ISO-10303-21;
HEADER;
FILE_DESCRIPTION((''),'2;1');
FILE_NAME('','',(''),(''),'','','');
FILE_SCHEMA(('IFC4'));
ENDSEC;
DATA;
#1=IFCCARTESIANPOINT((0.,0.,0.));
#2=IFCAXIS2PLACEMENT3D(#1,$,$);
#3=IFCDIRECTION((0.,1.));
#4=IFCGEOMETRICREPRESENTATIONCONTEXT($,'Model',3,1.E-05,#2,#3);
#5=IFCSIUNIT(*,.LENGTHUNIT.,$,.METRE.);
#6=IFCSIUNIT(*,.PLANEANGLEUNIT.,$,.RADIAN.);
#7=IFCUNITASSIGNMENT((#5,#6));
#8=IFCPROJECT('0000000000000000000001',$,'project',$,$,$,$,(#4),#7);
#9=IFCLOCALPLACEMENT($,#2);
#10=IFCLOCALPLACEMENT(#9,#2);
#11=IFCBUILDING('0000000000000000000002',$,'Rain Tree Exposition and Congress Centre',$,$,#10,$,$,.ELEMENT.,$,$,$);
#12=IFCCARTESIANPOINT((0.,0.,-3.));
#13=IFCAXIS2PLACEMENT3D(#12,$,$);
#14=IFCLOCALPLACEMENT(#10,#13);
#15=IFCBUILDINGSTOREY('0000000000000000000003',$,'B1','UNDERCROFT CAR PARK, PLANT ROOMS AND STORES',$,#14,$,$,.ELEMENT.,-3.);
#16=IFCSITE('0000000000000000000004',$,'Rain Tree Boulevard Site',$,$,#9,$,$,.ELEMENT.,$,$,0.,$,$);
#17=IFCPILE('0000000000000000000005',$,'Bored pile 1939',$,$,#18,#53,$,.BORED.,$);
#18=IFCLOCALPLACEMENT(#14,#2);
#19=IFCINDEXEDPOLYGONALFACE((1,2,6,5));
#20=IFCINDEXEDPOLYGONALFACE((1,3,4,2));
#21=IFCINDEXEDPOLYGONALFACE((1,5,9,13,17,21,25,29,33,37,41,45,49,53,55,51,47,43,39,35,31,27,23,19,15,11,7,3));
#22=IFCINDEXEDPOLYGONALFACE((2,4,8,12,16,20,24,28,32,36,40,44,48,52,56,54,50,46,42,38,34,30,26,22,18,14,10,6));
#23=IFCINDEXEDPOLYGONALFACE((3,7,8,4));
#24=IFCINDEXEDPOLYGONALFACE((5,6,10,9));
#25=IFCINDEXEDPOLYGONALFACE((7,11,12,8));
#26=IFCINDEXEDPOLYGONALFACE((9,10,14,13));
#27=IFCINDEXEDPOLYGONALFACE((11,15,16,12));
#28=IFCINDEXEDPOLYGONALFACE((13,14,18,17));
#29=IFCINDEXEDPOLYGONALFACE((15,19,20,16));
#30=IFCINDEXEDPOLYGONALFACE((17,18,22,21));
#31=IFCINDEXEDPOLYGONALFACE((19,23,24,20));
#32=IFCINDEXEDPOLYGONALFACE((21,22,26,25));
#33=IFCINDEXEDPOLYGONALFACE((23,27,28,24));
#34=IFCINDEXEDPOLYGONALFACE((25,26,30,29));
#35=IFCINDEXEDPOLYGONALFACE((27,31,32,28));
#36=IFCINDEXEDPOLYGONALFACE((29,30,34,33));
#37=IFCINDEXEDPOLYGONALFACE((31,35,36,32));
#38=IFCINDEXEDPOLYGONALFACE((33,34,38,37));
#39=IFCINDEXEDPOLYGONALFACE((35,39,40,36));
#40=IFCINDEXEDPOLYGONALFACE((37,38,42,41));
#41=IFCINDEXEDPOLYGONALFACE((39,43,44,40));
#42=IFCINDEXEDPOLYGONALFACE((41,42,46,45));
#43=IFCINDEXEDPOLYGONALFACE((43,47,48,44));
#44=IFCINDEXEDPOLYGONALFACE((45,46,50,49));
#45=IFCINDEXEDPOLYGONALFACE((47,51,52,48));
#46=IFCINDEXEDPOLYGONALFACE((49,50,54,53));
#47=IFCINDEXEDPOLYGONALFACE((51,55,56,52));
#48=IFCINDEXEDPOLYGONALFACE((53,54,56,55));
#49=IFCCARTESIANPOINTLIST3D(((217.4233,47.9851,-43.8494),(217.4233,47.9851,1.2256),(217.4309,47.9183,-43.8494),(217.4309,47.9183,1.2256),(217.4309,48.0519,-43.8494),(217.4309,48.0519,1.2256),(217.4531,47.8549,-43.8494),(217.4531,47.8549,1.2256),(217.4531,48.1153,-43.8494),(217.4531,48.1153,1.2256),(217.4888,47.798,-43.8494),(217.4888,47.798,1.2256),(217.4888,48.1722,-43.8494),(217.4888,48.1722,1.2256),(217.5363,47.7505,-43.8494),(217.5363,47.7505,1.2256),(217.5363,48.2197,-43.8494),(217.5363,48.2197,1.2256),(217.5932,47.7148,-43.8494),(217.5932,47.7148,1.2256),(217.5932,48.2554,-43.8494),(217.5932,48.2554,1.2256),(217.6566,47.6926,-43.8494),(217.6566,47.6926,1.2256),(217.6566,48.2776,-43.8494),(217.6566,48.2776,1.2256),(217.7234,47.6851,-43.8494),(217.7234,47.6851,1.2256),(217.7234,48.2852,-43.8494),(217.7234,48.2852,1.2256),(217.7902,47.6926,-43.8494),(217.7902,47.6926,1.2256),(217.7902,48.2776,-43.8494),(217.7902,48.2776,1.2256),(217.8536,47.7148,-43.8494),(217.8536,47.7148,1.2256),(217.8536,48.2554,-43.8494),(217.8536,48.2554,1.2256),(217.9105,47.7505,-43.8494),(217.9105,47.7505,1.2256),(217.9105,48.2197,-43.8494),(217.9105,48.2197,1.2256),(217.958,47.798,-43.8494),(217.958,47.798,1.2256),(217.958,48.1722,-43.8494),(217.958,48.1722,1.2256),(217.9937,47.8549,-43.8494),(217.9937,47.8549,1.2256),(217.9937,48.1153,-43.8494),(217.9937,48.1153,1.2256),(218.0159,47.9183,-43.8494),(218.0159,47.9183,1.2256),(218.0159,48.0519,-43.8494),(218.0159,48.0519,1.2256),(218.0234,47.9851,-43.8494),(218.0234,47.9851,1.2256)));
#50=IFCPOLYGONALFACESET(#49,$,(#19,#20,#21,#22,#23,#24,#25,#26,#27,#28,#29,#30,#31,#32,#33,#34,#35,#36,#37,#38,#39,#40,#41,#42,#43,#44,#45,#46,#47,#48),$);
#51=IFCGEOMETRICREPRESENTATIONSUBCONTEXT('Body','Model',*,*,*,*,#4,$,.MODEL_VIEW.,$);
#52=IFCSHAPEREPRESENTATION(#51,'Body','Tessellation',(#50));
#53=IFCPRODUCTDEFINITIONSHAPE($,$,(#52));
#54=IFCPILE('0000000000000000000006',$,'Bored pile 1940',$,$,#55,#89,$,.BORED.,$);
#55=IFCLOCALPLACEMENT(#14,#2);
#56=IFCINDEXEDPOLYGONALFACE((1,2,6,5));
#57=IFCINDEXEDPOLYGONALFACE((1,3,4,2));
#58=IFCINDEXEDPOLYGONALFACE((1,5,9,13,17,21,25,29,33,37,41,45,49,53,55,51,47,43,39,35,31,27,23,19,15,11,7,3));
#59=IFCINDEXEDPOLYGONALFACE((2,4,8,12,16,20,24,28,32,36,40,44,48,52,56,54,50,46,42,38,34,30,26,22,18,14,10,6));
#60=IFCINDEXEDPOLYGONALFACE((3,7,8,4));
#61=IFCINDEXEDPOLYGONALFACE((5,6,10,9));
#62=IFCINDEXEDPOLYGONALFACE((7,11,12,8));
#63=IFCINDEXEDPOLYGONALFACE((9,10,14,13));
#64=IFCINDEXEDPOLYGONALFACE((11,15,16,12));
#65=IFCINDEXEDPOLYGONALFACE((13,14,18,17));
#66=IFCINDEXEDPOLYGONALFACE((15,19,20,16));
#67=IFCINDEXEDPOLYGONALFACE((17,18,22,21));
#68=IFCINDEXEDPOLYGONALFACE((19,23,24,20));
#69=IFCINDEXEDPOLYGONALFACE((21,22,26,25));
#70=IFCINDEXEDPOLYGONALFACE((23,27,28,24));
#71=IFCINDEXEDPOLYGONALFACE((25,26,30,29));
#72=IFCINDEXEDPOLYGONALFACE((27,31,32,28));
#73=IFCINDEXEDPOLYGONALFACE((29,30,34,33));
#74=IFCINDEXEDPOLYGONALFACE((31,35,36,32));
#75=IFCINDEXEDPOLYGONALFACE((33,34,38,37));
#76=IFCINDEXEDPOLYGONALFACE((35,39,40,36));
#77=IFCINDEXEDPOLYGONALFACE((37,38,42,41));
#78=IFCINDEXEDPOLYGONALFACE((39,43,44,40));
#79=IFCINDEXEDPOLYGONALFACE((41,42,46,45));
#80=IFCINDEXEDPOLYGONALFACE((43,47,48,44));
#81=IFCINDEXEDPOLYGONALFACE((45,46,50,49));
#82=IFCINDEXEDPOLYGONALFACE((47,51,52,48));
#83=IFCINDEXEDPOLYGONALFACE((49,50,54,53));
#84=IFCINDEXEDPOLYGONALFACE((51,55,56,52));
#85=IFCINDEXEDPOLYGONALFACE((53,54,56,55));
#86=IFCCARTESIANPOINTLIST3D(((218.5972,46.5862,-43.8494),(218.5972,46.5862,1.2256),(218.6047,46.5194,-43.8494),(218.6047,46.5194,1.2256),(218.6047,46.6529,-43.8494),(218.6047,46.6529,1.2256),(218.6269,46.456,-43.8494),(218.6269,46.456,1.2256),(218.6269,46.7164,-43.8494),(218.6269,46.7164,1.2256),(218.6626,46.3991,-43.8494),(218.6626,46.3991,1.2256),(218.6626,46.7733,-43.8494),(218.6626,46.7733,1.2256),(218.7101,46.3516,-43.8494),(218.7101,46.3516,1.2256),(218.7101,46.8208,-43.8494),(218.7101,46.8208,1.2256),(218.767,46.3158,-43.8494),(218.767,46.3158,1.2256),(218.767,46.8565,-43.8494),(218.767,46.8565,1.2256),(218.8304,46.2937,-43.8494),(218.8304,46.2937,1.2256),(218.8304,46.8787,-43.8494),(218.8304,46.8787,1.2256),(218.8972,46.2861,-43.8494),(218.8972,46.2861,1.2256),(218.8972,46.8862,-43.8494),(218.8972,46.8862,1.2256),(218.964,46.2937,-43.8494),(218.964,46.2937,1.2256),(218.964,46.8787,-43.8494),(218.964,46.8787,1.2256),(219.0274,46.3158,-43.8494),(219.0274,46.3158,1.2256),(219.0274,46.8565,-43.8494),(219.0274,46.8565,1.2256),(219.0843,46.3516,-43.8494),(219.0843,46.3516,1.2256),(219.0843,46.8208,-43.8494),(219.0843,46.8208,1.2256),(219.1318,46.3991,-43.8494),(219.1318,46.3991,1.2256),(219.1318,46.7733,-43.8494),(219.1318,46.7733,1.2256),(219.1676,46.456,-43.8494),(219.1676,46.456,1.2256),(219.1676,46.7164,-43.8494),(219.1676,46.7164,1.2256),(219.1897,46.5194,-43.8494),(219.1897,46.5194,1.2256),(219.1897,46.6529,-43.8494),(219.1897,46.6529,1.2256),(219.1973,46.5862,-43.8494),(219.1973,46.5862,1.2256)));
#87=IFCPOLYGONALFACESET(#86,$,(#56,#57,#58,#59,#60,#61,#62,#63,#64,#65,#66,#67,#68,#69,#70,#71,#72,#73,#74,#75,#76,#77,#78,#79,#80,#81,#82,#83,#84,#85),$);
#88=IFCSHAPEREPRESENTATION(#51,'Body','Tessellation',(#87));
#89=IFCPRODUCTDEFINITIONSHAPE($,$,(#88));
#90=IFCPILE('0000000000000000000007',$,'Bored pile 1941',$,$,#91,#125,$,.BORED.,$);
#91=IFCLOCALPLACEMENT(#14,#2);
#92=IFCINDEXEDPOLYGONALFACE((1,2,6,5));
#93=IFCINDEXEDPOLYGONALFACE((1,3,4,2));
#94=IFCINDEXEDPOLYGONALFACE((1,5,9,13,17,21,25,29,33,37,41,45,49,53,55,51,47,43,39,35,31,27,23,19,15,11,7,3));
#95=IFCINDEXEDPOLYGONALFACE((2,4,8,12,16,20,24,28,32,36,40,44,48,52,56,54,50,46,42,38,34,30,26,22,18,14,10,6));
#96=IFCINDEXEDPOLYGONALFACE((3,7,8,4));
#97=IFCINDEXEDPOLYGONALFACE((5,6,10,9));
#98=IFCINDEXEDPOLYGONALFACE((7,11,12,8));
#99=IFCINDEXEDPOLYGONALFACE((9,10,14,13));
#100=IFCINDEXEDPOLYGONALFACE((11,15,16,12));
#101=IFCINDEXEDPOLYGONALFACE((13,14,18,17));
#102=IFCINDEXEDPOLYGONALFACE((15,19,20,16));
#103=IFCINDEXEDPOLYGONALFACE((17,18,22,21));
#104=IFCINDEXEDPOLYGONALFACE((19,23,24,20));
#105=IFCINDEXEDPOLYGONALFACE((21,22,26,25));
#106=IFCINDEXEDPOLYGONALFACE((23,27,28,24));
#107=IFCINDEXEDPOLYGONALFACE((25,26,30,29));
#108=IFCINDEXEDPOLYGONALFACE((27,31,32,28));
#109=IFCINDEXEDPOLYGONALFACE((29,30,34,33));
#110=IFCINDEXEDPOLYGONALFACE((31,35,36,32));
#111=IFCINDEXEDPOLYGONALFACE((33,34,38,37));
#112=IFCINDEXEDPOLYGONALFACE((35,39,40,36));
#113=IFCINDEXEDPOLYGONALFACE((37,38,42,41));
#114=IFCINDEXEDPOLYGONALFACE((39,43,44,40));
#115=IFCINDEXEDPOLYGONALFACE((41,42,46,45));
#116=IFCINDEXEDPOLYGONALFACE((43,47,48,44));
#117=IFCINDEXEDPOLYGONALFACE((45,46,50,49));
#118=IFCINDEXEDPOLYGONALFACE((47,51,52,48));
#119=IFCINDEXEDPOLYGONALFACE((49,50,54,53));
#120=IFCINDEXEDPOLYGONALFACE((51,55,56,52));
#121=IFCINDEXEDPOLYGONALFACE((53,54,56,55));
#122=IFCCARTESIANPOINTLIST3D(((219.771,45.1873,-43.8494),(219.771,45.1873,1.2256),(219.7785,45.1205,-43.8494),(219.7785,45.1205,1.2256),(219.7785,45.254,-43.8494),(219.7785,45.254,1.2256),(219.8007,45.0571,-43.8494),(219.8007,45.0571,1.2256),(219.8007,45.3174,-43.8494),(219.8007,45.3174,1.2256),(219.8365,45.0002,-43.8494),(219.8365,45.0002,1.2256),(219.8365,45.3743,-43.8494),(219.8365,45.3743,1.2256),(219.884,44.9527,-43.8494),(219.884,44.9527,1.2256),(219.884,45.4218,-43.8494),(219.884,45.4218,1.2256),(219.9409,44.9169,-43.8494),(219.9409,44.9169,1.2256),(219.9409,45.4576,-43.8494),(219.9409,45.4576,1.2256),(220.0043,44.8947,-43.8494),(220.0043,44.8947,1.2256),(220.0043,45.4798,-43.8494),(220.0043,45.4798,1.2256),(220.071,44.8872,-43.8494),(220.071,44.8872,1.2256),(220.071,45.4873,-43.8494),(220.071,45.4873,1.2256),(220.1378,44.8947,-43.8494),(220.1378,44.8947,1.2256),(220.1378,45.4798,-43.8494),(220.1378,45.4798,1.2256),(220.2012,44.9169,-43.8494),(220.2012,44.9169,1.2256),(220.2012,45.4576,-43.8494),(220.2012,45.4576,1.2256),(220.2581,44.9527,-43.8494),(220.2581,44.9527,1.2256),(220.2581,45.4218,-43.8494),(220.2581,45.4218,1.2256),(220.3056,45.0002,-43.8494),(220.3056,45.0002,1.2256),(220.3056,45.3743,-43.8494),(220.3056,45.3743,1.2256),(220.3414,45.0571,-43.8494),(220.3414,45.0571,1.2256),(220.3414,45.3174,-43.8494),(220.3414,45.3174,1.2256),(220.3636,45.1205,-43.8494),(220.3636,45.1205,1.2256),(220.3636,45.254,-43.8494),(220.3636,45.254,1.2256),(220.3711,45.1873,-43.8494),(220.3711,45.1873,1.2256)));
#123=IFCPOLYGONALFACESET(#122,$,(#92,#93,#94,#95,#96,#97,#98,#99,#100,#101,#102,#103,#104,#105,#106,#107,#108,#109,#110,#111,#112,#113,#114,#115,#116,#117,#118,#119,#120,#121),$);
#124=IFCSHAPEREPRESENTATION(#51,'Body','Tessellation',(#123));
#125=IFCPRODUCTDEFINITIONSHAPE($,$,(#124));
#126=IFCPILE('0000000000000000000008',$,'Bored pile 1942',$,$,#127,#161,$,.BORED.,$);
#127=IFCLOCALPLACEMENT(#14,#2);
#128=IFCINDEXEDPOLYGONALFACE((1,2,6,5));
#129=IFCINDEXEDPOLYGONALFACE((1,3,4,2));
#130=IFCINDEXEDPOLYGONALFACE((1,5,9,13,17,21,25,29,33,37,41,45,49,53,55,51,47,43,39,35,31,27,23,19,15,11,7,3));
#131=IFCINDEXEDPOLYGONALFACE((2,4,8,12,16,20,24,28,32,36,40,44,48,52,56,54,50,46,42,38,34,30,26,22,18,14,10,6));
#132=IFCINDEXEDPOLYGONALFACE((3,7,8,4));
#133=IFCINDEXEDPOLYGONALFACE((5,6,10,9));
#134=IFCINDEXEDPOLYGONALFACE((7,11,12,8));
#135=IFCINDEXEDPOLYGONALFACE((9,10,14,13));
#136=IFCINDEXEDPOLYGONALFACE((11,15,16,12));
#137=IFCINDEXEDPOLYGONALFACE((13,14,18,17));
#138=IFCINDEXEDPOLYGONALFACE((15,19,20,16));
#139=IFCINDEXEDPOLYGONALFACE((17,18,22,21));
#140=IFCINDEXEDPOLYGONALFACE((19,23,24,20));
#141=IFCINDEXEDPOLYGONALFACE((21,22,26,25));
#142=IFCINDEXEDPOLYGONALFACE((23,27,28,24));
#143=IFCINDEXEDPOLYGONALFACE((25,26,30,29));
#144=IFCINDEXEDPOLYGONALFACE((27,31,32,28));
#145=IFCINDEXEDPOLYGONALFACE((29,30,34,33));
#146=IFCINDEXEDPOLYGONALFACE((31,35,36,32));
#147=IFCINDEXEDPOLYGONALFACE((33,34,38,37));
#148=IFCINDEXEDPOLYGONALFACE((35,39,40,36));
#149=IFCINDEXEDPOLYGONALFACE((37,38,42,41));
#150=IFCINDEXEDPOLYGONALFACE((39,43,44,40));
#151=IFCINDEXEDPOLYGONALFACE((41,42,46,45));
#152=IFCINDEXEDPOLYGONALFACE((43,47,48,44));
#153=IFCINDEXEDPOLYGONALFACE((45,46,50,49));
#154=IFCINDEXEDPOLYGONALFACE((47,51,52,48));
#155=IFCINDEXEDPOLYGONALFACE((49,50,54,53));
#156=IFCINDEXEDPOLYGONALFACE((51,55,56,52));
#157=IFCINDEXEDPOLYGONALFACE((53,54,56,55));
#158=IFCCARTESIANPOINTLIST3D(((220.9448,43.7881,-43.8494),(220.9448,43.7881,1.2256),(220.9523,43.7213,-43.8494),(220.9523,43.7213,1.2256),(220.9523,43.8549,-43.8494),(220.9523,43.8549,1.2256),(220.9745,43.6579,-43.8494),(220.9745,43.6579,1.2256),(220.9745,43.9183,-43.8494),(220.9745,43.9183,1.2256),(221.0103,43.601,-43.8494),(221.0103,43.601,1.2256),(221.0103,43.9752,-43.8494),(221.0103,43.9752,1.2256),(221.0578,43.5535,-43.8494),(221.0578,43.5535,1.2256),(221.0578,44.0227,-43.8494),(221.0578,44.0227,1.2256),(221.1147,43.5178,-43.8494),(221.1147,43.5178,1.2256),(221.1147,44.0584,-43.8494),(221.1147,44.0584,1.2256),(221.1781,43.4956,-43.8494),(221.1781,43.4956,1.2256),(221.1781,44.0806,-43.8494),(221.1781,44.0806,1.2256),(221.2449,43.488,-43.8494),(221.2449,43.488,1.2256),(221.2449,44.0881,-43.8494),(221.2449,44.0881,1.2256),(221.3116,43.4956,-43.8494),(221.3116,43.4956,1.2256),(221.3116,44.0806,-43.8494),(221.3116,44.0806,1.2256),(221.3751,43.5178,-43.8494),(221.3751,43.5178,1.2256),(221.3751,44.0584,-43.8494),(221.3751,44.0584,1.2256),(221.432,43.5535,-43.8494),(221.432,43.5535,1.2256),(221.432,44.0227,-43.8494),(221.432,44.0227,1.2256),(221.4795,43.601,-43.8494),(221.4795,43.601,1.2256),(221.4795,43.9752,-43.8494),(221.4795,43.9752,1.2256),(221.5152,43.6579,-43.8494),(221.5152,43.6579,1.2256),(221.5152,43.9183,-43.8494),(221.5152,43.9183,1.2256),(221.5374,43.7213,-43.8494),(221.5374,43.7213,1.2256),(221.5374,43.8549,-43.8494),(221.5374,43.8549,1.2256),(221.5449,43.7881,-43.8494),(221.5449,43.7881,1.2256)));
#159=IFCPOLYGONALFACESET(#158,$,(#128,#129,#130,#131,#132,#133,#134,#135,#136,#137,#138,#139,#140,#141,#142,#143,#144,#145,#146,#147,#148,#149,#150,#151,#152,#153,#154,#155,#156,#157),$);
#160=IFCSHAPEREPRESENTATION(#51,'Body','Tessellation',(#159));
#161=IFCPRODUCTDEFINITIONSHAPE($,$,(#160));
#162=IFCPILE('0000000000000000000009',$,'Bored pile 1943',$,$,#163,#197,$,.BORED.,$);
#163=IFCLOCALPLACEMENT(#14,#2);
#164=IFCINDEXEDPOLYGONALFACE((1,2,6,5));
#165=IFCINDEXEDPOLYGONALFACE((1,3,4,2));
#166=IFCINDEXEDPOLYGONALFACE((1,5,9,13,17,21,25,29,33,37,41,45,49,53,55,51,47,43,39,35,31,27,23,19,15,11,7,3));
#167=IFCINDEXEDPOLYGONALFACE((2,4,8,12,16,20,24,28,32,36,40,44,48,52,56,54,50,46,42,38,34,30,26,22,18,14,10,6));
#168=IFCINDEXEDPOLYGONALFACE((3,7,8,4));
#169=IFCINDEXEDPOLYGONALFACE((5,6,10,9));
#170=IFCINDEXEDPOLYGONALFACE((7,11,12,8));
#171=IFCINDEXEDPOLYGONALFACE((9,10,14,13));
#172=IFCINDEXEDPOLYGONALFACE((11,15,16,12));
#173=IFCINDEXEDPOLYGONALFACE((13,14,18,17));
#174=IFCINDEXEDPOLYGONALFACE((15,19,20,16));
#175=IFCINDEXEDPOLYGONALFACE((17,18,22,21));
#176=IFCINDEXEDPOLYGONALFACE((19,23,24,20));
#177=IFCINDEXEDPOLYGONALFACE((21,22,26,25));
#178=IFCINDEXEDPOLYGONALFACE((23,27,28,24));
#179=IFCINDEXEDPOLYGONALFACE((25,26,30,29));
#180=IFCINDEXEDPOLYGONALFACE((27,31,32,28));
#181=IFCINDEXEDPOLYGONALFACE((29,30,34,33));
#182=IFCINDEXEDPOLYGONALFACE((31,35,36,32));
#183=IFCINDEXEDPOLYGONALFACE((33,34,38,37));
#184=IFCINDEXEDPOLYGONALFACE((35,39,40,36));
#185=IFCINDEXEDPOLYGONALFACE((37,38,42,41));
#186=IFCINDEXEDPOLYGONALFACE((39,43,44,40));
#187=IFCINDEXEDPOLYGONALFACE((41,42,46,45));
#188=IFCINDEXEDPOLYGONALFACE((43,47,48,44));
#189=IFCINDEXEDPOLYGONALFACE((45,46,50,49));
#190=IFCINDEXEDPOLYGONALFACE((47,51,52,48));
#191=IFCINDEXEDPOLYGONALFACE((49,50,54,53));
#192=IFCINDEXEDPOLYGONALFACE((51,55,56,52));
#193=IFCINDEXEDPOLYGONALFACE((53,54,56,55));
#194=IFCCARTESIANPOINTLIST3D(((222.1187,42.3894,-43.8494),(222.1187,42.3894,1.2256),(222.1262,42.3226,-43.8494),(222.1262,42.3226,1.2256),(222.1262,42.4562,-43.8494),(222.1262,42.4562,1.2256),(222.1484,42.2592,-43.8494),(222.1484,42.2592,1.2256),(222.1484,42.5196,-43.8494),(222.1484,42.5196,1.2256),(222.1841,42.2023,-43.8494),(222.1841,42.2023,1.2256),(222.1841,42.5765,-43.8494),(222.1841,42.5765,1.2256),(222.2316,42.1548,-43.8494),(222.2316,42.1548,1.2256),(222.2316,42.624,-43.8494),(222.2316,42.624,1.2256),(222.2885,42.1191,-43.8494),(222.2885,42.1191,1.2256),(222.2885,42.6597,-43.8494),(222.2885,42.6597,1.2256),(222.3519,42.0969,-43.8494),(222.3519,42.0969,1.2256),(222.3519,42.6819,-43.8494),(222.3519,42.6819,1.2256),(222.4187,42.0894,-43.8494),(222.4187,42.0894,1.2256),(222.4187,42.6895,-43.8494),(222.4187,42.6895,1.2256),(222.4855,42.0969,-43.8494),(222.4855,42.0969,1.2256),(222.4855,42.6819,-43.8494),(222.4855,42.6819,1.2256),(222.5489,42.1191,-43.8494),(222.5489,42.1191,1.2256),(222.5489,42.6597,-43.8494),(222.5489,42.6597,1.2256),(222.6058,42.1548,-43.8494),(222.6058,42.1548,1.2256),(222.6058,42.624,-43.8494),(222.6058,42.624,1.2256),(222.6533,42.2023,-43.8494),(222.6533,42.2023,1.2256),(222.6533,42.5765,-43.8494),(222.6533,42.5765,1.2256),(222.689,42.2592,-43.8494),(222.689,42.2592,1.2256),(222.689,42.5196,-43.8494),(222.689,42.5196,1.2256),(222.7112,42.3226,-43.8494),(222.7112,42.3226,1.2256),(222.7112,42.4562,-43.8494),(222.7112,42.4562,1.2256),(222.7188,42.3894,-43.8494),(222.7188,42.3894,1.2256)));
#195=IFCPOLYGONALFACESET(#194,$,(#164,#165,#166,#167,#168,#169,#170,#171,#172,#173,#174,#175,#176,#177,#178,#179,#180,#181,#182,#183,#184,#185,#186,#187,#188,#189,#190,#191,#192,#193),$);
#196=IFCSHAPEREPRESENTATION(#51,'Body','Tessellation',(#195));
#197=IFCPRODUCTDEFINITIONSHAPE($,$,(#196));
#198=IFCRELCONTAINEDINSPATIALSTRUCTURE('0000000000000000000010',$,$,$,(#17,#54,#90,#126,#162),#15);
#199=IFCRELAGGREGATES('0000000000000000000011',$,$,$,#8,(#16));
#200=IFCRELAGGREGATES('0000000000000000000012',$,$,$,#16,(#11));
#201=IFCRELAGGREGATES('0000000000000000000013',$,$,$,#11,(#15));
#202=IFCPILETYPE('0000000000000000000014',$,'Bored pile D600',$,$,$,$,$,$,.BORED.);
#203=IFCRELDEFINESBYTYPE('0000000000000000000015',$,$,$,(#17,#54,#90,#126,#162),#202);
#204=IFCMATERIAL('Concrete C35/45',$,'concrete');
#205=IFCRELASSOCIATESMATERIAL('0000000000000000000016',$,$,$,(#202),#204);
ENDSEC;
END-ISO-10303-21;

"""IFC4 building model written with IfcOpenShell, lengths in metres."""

from ifc_helpers import new_model, si_unit, direction, frame, origin, origin_2d, place, context, subcontext, project, spatial, circle, extrude, material, material_profile, profile_set, type_object, element, save


model = new_model("IFC4")

# Units and contexts
model_context = context("Model", 3, precision=1e-05, world=origin(), true_north=direction((0.0, 1.0)))
body_context = subcontext(model_context, "Body", "Model", "MODEL_VIEW")
ifc_project = project(units=[si_unit("LENGTHUNIT", "METRE"), si_unit("PLANEANGLEUNIT", "RADIAN")], contexts=[model_context])

# Site, building, storey
site_placement = place(None, origin())
site = spatial("IfcSite", under=ifc_project, at=site_placement, Name="Rain Tree Boulevard Site", CompositionType="ELEMENT", RefElevation=0.0)
building_placement = place(site_placement, origin())
building = spatial("IfcBuilding", under=site, at=building_placement, Name="Rain Tree Exposition and Congress Centre", CompositionType="ELEMENT")
storey_placement = place(building_placement, frame((0.0, 0.0, -3.0)))
storey = spatial("IfcBuildingStorey", under=building, at=storey_placement, Name="B1", Description="UNDERCROFT CAR PARK, PLANT ROOMS AND STORES", CompositionType="ELEMENT", Elevation=-3.0)

# Piles
ifc_material_1 = material(Name="Concrete C35/45", Category="concrete")
ifc_material_profile_1 = material_profile(ifc_material_1, circle(Radius=0.3, at=origin_2d()), Name="D600")
ifc_profile_set_1 = profile_set([ifc_material_profile_1], Name="Concrete C35/45")
pile_type_1 = type_object("IfcPileType", Name="Bored pile D600", PredefinedType="BORED", material=ifc_profile_set_1)
for number, where, z_axis, x_axis, name in (
    (1, (217.7234, 47.9851, 1.2256), (0.0, 0.0, -1.0), (1.0, 0.0, 0.0), "Bored pile 1939"),
    (2, (218.8972, 46.5862, 1.2256), (0.0, 0.0, -1.0), (1.0, 0.0, 0.0), "Bored pile 1940"),
    (3, (220.071, 45.1873, 1.2256), (0.0, 0.0, -1.0), (1.0, 0.0, 0.0), "Bored pile 1941"),
    (4, (221.2449, 43.7881, 1.2256), (0.0, 0.0, -1.0), (1.0, 0.0, 0.0), "Bored pile 1942"),
    (5, (222.4187, 42.3894, 1.2256), (0.0, 0.0, -1.0), (1.0, 0.0, 0.0), "Bored pile 1943"),
):
    element("IfcPile", number, at=place(storey_placement, frame(where, z_axis=z_axis, x_axis=x_axis)), inside=storey, type_object=pile_type_1, Name=name, PredefinedType="BORED", context=body_context, shape_type="SweptSolid", body=[
        extrude(circle(Radius=0.3, at=origin_2d()), origin(), (0.0, 0.0, 1.0), 45.075),
    ])

save(model, "model.ifc")
